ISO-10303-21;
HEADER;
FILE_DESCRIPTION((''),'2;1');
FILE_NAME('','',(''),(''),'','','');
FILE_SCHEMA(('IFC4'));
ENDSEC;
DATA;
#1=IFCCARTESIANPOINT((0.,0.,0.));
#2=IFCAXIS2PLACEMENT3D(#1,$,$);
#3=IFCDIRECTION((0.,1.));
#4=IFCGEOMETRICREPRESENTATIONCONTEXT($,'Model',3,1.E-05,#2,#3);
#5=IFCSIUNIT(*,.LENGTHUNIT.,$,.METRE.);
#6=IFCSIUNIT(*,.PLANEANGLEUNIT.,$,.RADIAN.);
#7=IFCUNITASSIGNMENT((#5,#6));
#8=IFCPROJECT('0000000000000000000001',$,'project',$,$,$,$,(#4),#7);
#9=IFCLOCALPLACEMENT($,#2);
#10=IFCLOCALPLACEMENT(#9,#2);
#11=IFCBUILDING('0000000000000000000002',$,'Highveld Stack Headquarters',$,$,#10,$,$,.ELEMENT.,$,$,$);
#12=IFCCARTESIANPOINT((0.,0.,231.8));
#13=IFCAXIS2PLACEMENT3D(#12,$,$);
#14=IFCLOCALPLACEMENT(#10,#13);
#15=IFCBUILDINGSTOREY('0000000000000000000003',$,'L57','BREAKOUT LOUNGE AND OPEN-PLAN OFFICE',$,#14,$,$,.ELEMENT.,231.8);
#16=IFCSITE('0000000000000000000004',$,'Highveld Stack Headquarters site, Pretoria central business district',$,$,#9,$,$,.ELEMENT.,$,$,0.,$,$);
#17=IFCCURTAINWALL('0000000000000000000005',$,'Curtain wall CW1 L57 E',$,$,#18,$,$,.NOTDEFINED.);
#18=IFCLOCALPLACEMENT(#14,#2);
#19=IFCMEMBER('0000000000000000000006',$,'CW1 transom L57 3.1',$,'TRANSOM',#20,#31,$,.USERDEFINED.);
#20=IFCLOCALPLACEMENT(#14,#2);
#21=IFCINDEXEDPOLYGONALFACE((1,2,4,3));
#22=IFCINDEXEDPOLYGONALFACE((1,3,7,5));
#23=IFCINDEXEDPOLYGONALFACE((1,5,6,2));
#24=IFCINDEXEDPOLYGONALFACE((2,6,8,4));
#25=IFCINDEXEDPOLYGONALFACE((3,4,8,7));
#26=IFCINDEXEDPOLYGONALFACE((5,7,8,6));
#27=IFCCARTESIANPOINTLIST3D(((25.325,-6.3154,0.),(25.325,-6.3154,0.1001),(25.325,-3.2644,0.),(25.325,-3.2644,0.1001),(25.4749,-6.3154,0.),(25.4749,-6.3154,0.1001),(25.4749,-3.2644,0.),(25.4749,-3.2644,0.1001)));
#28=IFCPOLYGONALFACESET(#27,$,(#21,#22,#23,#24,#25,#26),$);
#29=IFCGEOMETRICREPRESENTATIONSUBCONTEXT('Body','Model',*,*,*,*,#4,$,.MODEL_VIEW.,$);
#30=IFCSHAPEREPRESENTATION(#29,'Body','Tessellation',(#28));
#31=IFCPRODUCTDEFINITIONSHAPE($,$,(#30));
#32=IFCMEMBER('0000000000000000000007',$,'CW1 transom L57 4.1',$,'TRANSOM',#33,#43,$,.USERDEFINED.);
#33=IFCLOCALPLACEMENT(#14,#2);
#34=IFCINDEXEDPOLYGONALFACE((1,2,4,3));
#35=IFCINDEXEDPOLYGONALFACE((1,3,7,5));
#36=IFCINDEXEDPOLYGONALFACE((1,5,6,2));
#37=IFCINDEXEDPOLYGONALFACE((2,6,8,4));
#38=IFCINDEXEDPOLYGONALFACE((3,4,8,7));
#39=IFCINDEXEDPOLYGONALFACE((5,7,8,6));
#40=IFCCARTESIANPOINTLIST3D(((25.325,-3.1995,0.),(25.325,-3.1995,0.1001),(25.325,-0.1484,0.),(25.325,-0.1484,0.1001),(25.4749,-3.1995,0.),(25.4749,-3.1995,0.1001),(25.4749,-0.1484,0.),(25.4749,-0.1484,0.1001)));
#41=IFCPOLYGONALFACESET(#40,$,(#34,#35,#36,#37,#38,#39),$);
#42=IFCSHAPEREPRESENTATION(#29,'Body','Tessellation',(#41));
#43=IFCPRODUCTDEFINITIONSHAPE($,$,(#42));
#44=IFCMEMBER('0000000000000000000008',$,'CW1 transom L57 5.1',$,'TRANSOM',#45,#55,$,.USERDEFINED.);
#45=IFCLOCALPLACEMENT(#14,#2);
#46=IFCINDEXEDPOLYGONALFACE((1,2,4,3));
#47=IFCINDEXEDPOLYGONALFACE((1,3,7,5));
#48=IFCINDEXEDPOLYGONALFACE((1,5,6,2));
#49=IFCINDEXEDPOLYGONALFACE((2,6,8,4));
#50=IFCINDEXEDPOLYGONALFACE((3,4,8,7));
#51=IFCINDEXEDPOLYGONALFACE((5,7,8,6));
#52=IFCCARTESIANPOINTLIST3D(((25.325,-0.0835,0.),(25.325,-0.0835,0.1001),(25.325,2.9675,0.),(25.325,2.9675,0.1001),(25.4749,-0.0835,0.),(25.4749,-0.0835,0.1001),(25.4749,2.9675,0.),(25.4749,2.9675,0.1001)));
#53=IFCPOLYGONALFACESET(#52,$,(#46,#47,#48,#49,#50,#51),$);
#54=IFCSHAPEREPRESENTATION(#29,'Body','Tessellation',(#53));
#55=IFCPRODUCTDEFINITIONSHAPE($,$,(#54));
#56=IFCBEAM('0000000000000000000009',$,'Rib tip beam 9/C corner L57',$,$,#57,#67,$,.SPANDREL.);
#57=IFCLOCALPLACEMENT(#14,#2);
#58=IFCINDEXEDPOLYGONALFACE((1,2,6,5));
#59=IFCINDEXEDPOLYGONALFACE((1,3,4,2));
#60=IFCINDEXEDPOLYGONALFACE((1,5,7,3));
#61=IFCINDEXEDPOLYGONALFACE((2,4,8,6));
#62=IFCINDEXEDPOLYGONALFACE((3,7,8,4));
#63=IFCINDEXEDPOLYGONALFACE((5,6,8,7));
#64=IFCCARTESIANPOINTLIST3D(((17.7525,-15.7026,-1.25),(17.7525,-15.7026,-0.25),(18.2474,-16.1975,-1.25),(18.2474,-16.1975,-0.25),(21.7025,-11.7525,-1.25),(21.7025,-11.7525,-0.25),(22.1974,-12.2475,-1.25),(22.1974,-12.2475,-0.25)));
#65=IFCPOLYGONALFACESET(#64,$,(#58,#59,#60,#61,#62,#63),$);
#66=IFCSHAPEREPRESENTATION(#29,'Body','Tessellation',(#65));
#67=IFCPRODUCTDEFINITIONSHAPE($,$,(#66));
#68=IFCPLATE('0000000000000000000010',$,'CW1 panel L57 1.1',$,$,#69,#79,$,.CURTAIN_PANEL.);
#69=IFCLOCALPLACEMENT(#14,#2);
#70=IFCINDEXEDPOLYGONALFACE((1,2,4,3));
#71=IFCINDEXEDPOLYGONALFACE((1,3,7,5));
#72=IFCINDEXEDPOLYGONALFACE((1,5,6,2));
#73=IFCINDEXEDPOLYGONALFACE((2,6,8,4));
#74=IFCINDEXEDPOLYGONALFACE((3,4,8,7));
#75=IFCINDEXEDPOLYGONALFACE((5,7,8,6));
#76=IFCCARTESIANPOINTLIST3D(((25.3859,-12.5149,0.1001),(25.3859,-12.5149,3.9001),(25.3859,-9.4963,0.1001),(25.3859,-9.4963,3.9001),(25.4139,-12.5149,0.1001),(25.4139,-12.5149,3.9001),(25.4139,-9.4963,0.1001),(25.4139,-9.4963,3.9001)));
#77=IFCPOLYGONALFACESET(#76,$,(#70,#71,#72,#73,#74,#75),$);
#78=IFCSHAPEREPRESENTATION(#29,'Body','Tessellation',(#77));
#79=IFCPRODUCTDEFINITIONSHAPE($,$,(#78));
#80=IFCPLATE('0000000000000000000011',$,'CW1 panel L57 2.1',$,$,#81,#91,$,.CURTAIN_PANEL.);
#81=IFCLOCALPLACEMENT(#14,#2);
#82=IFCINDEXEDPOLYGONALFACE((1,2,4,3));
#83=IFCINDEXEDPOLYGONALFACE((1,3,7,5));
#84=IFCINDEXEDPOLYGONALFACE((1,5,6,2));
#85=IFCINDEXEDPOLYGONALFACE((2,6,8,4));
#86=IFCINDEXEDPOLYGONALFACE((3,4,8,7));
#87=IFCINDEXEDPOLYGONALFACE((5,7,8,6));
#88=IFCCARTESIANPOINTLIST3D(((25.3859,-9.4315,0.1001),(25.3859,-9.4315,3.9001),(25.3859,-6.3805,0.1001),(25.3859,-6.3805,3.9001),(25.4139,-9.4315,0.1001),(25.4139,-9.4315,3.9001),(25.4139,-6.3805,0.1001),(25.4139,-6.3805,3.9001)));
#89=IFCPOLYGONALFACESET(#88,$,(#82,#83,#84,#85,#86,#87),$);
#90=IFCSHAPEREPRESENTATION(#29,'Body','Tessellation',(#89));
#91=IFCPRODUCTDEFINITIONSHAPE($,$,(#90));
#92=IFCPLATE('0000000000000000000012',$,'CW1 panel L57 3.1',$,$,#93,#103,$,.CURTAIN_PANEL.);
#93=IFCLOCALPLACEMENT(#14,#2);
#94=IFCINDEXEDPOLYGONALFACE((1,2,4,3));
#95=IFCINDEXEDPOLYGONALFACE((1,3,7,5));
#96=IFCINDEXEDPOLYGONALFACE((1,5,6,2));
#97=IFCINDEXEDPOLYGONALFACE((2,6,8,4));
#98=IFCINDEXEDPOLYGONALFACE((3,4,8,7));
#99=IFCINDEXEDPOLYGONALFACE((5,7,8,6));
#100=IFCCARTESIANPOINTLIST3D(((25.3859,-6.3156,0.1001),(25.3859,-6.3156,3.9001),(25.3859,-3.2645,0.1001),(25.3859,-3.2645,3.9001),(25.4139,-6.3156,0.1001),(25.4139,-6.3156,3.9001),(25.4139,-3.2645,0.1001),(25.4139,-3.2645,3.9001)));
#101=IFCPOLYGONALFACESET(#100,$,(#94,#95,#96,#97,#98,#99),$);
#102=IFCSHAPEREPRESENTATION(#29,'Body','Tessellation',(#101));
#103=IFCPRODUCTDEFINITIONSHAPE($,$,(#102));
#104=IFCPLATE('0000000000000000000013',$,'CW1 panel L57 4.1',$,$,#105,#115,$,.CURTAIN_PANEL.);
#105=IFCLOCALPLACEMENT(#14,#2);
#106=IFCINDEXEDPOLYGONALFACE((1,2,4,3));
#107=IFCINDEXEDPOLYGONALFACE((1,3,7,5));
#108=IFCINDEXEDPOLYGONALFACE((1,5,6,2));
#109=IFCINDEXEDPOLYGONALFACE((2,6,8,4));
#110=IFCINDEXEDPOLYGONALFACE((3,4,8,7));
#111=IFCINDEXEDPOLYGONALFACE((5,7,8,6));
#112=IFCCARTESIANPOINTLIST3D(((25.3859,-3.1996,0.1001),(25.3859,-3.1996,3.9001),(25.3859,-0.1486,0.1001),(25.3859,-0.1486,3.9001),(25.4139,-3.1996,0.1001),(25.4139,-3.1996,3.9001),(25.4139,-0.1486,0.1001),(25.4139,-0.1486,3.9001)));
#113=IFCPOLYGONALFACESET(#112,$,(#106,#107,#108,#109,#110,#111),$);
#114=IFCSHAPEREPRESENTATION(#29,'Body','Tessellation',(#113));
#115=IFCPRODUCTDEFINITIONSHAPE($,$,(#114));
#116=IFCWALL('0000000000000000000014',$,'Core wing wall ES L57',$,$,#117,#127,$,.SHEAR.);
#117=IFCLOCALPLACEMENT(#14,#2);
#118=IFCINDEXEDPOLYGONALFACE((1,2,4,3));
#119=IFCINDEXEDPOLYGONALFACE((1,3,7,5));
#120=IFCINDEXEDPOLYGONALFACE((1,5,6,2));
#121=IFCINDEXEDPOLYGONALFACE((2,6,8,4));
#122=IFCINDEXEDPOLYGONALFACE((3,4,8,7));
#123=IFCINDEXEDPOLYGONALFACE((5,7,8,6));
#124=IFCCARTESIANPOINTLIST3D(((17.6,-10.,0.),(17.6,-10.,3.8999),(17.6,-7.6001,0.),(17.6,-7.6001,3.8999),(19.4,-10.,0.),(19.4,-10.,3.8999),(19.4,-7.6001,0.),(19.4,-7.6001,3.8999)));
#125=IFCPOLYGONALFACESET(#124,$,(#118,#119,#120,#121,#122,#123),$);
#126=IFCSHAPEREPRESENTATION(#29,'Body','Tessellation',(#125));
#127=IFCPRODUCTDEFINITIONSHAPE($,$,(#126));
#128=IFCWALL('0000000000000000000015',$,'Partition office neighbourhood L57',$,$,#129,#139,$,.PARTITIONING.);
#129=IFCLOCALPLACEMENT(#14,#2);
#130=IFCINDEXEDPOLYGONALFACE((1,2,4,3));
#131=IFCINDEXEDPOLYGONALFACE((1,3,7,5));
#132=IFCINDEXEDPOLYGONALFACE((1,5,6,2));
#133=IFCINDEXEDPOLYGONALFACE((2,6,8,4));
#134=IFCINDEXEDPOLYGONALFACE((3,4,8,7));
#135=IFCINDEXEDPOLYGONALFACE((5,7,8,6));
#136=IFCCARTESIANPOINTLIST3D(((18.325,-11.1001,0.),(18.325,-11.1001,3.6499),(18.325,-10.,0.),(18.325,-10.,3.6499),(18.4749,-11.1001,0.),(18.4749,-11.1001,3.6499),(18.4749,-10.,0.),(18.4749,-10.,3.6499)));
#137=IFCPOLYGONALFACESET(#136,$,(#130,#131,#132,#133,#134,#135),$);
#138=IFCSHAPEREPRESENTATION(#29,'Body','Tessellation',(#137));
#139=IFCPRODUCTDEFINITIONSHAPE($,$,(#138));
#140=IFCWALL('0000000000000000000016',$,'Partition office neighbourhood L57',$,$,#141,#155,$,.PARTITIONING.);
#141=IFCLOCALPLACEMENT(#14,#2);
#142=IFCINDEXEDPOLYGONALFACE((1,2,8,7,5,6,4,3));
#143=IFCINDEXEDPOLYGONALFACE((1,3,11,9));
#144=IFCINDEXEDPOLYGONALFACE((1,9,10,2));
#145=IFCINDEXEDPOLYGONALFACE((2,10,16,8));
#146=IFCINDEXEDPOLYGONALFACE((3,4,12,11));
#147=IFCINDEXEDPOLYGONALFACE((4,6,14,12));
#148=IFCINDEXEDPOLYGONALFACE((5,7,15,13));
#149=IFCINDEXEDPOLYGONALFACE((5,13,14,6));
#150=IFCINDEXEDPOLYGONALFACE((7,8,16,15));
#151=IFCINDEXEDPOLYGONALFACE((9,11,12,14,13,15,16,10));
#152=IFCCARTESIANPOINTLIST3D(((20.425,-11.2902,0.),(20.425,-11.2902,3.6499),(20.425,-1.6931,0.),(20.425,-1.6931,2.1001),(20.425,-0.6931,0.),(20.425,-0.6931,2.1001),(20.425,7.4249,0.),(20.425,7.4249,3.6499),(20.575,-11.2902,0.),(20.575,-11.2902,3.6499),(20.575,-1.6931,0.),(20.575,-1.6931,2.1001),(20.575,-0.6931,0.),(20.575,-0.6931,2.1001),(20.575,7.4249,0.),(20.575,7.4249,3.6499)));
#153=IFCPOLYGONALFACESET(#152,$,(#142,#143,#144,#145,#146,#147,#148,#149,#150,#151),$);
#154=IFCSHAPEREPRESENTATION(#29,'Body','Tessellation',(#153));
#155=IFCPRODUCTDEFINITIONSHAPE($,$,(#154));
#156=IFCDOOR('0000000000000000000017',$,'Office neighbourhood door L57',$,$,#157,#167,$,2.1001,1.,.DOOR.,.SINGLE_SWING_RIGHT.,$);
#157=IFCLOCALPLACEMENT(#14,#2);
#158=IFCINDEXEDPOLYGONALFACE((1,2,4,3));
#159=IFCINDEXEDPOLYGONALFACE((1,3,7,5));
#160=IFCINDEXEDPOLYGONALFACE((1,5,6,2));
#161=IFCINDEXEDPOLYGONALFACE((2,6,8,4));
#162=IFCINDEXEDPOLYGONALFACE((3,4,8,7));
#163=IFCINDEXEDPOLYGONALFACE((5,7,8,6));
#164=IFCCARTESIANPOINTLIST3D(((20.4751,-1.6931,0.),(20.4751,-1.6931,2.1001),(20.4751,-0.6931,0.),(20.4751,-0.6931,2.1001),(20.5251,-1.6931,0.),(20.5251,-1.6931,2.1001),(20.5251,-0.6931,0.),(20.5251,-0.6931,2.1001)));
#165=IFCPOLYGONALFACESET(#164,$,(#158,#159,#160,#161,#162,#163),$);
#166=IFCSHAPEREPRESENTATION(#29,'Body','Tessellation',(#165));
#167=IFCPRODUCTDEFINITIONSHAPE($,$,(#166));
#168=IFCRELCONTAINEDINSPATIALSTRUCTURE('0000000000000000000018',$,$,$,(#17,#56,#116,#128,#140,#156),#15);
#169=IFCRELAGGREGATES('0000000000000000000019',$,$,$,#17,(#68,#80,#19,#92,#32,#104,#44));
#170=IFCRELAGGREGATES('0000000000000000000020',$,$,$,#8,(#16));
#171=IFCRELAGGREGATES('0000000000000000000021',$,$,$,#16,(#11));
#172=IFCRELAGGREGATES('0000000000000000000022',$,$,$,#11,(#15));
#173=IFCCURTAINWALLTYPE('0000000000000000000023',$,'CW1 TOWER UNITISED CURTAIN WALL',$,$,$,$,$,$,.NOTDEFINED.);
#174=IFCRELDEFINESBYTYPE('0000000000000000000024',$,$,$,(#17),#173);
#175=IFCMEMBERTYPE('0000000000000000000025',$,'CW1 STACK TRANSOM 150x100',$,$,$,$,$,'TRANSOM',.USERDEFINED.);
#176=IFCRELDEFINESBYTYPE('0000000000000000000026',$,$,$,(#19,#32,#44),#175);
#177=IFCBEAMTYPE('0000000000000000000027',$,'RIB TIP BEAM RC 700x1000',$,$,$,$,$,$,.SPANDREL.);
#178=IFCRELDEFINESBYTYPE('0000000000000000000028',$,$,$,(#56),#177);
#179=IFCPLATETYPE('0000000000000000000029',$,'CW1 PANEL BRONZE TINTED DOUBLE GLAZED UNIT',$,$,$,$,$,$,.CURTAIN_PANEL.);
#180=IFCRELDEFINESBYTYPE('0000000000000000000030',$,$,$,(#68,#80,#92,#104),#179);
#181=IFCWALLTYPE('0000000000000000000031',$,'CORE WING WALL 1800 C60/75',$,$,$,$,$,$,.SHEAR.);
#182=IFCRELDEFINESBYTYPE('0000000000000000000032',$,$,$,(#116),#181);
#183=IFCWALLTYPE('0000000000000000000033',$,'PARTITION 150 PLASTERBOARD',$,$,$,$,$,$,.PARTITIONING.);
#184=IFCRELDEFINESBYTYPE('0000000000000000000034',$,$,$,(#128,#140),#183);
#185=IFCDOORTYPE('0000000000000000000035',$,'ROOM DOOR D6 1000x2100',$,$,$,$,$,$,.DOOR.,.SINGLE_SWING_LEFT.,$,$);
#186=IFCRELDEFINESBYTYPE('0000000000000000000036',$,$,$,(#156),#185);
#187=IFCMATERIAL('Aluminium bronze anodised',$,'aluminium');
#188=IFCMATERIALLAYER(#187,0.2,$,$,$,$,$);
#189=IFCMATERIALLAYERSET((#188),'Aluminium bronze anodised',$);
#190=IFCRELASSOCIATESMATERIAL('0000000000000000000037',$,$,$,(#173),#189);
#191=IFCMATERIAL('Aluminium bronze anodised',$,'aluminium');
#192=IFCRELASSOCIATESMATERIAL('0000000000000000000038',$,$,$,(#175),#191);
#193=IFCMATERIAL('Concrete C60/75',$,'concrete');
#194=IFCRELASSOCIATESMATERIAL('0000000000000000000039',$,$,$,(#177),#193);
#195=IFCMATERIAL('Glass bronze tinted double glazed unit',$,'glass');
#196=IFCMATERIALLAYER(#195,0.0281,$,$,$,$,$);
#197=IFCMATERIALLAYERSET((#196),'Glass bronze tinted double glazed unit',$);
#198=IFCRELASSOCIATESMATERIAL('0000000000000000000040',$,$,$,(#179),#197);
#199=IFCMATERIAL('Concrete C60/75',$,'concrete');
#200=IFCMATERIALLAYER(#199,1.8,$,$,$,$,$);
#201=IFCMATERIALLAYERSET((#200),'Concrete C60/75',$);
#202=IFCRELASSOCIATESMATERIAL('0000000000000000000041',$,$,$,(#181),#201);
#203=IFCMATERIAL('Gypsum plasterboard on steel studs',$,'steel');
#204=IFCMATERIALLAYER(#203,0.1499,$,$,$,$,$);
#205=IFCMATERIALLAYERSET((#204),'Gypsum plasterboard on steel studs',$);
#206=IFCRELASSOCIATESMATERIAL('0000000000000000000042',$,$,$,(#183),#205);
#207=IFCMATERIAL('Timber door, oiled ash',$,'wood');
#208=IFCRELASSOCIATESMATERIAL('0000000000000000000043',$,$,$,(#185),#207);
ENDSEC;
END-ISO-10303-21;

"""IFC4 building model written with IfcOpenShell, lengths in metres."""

from ifc_helpers import new_model, si_unit, direction, frame, frame_2d, origin, origin_2d, place, context, subcontext, project, spatial, rectangle, extrude, material, layer, layer_set, material_profile, profile_set, type_object, element, fill, aggregate, save


model = new_model("IFC4")

# Units and contexts
model_context = context("Model", 3, precision=1e-05, world=origin(), true_north=direction((0.0, 1.0)))
body_context = subcontext(model_context, "Body", "Model", "MODEL_VIEW")
ifc_project = project(units=[si_unit("LENGTHUNIT", "METRE"), si_unit("PLANEANGLEUNIT", "RADIAN")], contexts=[model_context])

# Site, building, storey
site_placement = place(None, origin())
site = spatial("IfcSite", under=ifc_project, at=site_placement, Name="Highveld Stack Headquarters site, Pretoria central business district", CompositionType="ELEMENT", RefElevation=0.0)
building_placement = place(site_placement, origin())
building = spatial("IfcBuilding", under=site, at=building_placement, Name="Highveld Stack Headquarters", CompositionType="ELEMENT")
storey_placement = place(building_placement, frame((0.0, 0.0, 231.8)))
storey = spatial("IfcBuildingStorey", under=building, at=storey_placement, Name="L57", Description="BREAKOUT LOUNGE AND OPEN-PLAN OFFICE", CompositionType="ELEMENT", Elevation=231.8)

# Curtain wall, members
ifc_material_1 = material(Name="Aluminium bronze anodised", Category="aluminium")
ifc_layer_1 = layer(ifc_material_1, 0.2)
ifc_layer_set_1 = layer_set([ifc_layer_1], Name="Aluminium bronze anodised")
curtain_wall_type = type_object("IfcCurtainWallType", Name="CW1 TOWER UNITISED CURTAIN WALL", PredefinedType="NOTDEFINED", material=ifc_layer_set_1)
curtain_wall_placement = place(storey_placement, origin())
curtain_wall = element("IfcCurtainWall", 1, at=curtain_wall_placement, inside=storey, type_object=curtain_wall_type, Name="Curtain wall CW1 L57 E", PredefinedType="NOTDEFINED")
ifc_material_2 = material(Name="Aluminium bronze anodised", Category="aluminium")
ifc_material_profile_1 = material_profile(ifc_material_2, rectangle(XDim=0.1499, YDim=0.1001, at=origin_2d()), Name="CW1 TRANSOM 150x100")
ifc_profile_set_1 = profile_set([ifc_material_profile_1], Name="Aluminium bronze anodised")
member_type_1 = type_object("IfcMemberType", Name="CW1 STACK TRANSOM 150x100", ElementType="TRANSOM", PredefinedType="USERDEFINED", material=ifc_profile_set_1)
member_1_placement = place(storey_placement, frame((25.3999, -6.3154, 0.05), z_axis=(0.0, 1.0, 0.0), x_axis=(-1.0, 0.0, 0.0)))
member_1 = element("IfcMember", 2, at=member_1_placement, type_object=member_type_1, Name="CW1 transom L57 3.1", ObjectType="TRANSOM", PredefinedType="USERDEFINED", context=body_context, shape_type="SweptSolid", body=[
    extrude(rectangle(XDim=0.1499, YDim=0.1001, at=origin_2d()), origin(), (0.0, 0.0, 1.0), 3.051),
])
member_2_placement = place(storey_placement, frame((25.3999, -3.1995, 0.05), z_axis=(0.0, 1.0, 0.0), x_axis=(-1.0, 0.0, 0.0)))
member_2 = element("IfcMember", 3, at=member_2_placement, type_object=member_type_1, Name="CW1 transom L57 4.1", ObjectType="TRANSOM", PredefinedType="USERDEFINED", context=body_context, shape_type="SweptSolid", body=[
    extrude(rectangle(XDim=0.1499, YDim=0.1001, at=origin_2d()), origin(), (0.0, 0.0, 1.0), 3.051),
])
member_3_placement = place(storey_placement, frame((25.3999, -0.0835, 0.05), z_axis=(0.0, 1.0, 0.0), x_axis=(-1.0, 0.0, 0.0)))
member_3 = element("IfcMember", 4, at=member_3_placement, type_object=member_type_1, Name="CW1 transom L57 5.1", ObjectType="TRANSOM", PredefinedType="USERDEFINED", context=body_context, shape_type="SweptSolid", body=[
    extrude(rectangle(XDim=0.1499, YDim=0.1001, at=origin_2d()), origin(), (0.0, 0.0, 1.0), 3.051),
])

# Beam
ifc_material_3 = material(Name="Concrete C60/75", Category="concrete")
ifc_material_profile_2 = material_profile(ifc_material_3, rectangle(XDim=0.7, YDim=1.0, at=origin_2d()), Name="RC 700x1000")
ifc_profile_set_2 = profile_set([ifc_material_profile_2], Name="Concrete C60/75")
beam_type_1 = type_object("IfcBeamType", Name="RIB TIP BEAM RC 700x1000", PredefinedType="SPANDREL", material=ifc_profile_set_2)
beam_1_placement = place(storey_placement, frame((21.95, -12.0, -0.75), z_axis=(-0.707107, -0.707107, 0.0), x_axis=(0.707107, -0.707107, 0.0)))
element("IfcBeam", 5, at=beam_1_placement, inside=storey, type_object=beam_type_1, Name="Rib tip beam 9/C corner L57", PredefinedType="SPANDREL", context=body_context, shape_type="SweptSolid", body=[
    extrude(rectangle(XDim=0.7, YDim=1.0, at=origin_2d()), origin(), (0.0, 0.0, 1.0), 5.5862),
])

# Plates
ifc_material_4 = material(Name="Glass bronze tinted double glazed unit", Category="glass")
ifc_layer_2 = layer(ifc_material_4, 0.0281)
ifc_layer_set_2 = layer_set([ifc_layer_2], Name="Glass bronze tinted double glazed unit")
plate_type = type_object("IfcPlateType", Name="CW1 PANEL BRONZE TINTED DOUBLE GLAZED UNIT", PredefinedType="CURTAIN_PANEL", material=ifc_layer_set_2)
plate_1_placement = place(storey_placement, frame((25.3999, -11.0056, 0.1001), z_axis=(0.0, 0.0, 1.0), x_axis=(0.0, 1.0, 0.0)))
plate_1 = element("IfcPlate", 6, at=plate_1_placement, type_object=plate_type, Name="CW1 panel L57 1.1", PredefinedType="CURTAIN_PANEL", context=body_context, shape_type="SweptSolid", body=[
    extrude(rectangle(XDim=3.0186, YDim=0.0281, at=origin_2d()), origin(), (0.0, 0.0, 1.0), 3.8),
])
plate_2_placement = place(storey_placement, frame((25.3999, -7.906, 0.1001), z_axis=(0.0, 0.0, 1.0), x_axis=(0.0, 1.0, 0.0)))
plate_2 = element("IfcPlate", 7, at=plate_2_placement, type_object=plate_type, Name="CW1 panel L57 2.1", PredefinedType="CURTAIN_PANEL", context=body_context, shape_type="SweptSolid", body=[
    extrude(rectangle(XDim=3.051, YDim=0.0281, at=origin_2d()), origin(), (0.0, 0.0, 1.0), 3.8),
])
plate_3_placement = place(storey_placement, frame((25.3999, -4.79, 0.1001), z_axis=(0.0, 0.0, 1.0), x_axis=(0.0, 1.0, 0.0)))
plate_3 = element("IfcPlate", 8, at=plate_3_placement, type_object=plate_type, Name="CW1 panel L57 3.1", PredefinedType="CURTAIN_PANEL", context=body_context, shape_type="SweptSolid", body=[
    extrude(rectangle(XDim=3.051, YDim=0.0281, at=origin_2d()), origin(), (0.0, 0.0, 1.0), 3.8),
])
plate_4_placement = place(storey_placement, frame((25.3999, -1.6741, 0.1001), z_axis=(0.0, 0.0, 1.0), x_axis=(0.0, 1.0, 0.0)))
plate_4 = element("IfcPlate", 9, at=plate_4_placement, type_object=plate_type, Name="CW1 panel L57 4.1", PredefinedType="CURTAIN_PANEL", context=body_context, shape_type="SweptSolid", body=[
    extrude(rectangle(XDim=3.051, YDim=0.0281, at=origin_2d()), origin(), (0.0, 0.0, 1.0), 3.8),
])
aggregate(curtain_wall, [plate_1, plate_2, member_1, plate_3, member_2, plate_4, member_3])

# Walls
ifc_material_5 = material(Name="Concrete C60/75", Category="concrete")
ifc_layer_3 = layer(ifc_material_5, 1.8)
ifc_layer_set_3 = layer_set([ifc_layer_3], Name="Concrete C60/75")
wall_type_1 = type_object("IfcWallType", Name="CORE WING WALL 1800 C60/75", PredefinedType="SHEAR", material=ifc_layer_set_3)
wall_1_placement = place(storey_placement, frame((18.5, -10.0, 0.0), z_axis=(0.0, 0.0, 1.0), x_axis=(0.0, 1.0, 0.0)))
element("IfcWall", 10, at=wall_1_placement, inside=storey, type_object=wall_type_1, Name="Core wing wall ES L57", PredefinedType="SHEAR", context=body_context, shape_type="SweptSolid", body=[
    extrude(rectangle(XDim=2.3999, YDim=1.8, at=frame_2d((1.2, 0.0))), origin(), (0.0, 0.0, 1.0), 3.8999),
])
ifc_material_6 = material(Name="Gypsum plasterboard on steel studs", Category="steel")
ifc_layer_4 = layer(ifc_material_6, 0.1499)
ifc_layer_set_4 = layer_set([ifc_layer_4], Name="Gypsum plasterboard on steel studs")
wall_type_2 = type_object("IfcWallType", Name="PARTITION 150 PLASTERBOARD", PredefinedType="PARTITIONING", material=ifc_layer_set_4)
wall_2_placement = place(storey_placement, frame((18.3999, -11.1001, 0.0), z_axis=(0.0, 0.0, 1.0), x_axis=(0.0, 1.0, 0.0)))
element("IfcWall", 11, at=wall_2_placement, inside=storey, type_object=wall_type_2, Name="Partition office neighbourhood L57", PredefinedType="PARTITIONING", context=body_context, shape_type="SweptSolid", body=[
    extrude(rectangle(XDim=1.1001, YDim=0.1499, at=frame_2d((0.55, 0.0))), origin(), (0.0, 0.0, 1.0), 3.6499),
])

# Wall, opening, door
wall_3_placement = place(storey_placement, frame((20.5, -11.29, 0.0), z_axis=(0.0, 0.0, 1.0), x_axis=(0.0, 1.0, 0.0)))
wall_3 = element("IfcWall", 12, at=wall_3_placement, inside=storey, type_object=wall_type_2, Name="Partition office neighbourhood L57", PredefinedType="PARTITIONING", context=body_context, shape_type="SweptSolid", body=[
    extrude(rectangle(XDim=18.7151, YDim=0.1499, at=frame_2d((9.3574, 0.0))), origin(), (0.0, 0.0, 1.0), 3.6499),
])
opening_1_placement = place(wall_3_placement, frame((9.5969, 0.0, 0.0)))
opening_1 = element("IfcOpeningElement", 13, at=opening_1_placement, cuts=wall_3, PredefinedType="OPENING", context=body_context, shape_type="SweptSolid", body=[
    extrude(rectangle(XDim=1.0, YDim=2.1001, at=frame_2d((0.5, 1.05))), frame((0.0, 0.085, 0.0), z_axis=(0.0, -1.0, 0.0), x_axis=(1.0, 0.0, 0.0)), (0.0, 0.0, 1.0), 0.1699),
])
ifc_material_7 = material(Name="Timber door, oiled ash", Category="wood")
door_type_1 = type_object("IfcDoorType", Name="ROOM DOOR D6 1000x2100", OperationType="SINGLE_SWING_LEFT", PredefinedType="DOOR", material=ifc_material_7)
door_1_placement = place(opening_1_placement, origin())
door_1 = element("IfcDoor", 14, at=door_1_placement, inside=storey, type_object=door_type_1, Name="Office neighbourhood door L57", OperationType="SINGLE_SWING_RIGHT", OverallHeight=2.1001, OverallWidth=1.0, PredefinedType="DOOR", context=body_context, shape_type="SweptSolid", body=[
    extrude(rectangle(XDim=1.0, YDim=2.1001, at=frame_2d((0.5, 1.05))), frame((0.0, 0.0249, 0.0), z_axis=(0.0, -1.0, 0.0), x_axis=(1.0, 0.0, 0.0)), (0.0, 0.0, 1.0), 0.05),
])
fill(opening_1, door_1)

save(model, "model.ifc")
